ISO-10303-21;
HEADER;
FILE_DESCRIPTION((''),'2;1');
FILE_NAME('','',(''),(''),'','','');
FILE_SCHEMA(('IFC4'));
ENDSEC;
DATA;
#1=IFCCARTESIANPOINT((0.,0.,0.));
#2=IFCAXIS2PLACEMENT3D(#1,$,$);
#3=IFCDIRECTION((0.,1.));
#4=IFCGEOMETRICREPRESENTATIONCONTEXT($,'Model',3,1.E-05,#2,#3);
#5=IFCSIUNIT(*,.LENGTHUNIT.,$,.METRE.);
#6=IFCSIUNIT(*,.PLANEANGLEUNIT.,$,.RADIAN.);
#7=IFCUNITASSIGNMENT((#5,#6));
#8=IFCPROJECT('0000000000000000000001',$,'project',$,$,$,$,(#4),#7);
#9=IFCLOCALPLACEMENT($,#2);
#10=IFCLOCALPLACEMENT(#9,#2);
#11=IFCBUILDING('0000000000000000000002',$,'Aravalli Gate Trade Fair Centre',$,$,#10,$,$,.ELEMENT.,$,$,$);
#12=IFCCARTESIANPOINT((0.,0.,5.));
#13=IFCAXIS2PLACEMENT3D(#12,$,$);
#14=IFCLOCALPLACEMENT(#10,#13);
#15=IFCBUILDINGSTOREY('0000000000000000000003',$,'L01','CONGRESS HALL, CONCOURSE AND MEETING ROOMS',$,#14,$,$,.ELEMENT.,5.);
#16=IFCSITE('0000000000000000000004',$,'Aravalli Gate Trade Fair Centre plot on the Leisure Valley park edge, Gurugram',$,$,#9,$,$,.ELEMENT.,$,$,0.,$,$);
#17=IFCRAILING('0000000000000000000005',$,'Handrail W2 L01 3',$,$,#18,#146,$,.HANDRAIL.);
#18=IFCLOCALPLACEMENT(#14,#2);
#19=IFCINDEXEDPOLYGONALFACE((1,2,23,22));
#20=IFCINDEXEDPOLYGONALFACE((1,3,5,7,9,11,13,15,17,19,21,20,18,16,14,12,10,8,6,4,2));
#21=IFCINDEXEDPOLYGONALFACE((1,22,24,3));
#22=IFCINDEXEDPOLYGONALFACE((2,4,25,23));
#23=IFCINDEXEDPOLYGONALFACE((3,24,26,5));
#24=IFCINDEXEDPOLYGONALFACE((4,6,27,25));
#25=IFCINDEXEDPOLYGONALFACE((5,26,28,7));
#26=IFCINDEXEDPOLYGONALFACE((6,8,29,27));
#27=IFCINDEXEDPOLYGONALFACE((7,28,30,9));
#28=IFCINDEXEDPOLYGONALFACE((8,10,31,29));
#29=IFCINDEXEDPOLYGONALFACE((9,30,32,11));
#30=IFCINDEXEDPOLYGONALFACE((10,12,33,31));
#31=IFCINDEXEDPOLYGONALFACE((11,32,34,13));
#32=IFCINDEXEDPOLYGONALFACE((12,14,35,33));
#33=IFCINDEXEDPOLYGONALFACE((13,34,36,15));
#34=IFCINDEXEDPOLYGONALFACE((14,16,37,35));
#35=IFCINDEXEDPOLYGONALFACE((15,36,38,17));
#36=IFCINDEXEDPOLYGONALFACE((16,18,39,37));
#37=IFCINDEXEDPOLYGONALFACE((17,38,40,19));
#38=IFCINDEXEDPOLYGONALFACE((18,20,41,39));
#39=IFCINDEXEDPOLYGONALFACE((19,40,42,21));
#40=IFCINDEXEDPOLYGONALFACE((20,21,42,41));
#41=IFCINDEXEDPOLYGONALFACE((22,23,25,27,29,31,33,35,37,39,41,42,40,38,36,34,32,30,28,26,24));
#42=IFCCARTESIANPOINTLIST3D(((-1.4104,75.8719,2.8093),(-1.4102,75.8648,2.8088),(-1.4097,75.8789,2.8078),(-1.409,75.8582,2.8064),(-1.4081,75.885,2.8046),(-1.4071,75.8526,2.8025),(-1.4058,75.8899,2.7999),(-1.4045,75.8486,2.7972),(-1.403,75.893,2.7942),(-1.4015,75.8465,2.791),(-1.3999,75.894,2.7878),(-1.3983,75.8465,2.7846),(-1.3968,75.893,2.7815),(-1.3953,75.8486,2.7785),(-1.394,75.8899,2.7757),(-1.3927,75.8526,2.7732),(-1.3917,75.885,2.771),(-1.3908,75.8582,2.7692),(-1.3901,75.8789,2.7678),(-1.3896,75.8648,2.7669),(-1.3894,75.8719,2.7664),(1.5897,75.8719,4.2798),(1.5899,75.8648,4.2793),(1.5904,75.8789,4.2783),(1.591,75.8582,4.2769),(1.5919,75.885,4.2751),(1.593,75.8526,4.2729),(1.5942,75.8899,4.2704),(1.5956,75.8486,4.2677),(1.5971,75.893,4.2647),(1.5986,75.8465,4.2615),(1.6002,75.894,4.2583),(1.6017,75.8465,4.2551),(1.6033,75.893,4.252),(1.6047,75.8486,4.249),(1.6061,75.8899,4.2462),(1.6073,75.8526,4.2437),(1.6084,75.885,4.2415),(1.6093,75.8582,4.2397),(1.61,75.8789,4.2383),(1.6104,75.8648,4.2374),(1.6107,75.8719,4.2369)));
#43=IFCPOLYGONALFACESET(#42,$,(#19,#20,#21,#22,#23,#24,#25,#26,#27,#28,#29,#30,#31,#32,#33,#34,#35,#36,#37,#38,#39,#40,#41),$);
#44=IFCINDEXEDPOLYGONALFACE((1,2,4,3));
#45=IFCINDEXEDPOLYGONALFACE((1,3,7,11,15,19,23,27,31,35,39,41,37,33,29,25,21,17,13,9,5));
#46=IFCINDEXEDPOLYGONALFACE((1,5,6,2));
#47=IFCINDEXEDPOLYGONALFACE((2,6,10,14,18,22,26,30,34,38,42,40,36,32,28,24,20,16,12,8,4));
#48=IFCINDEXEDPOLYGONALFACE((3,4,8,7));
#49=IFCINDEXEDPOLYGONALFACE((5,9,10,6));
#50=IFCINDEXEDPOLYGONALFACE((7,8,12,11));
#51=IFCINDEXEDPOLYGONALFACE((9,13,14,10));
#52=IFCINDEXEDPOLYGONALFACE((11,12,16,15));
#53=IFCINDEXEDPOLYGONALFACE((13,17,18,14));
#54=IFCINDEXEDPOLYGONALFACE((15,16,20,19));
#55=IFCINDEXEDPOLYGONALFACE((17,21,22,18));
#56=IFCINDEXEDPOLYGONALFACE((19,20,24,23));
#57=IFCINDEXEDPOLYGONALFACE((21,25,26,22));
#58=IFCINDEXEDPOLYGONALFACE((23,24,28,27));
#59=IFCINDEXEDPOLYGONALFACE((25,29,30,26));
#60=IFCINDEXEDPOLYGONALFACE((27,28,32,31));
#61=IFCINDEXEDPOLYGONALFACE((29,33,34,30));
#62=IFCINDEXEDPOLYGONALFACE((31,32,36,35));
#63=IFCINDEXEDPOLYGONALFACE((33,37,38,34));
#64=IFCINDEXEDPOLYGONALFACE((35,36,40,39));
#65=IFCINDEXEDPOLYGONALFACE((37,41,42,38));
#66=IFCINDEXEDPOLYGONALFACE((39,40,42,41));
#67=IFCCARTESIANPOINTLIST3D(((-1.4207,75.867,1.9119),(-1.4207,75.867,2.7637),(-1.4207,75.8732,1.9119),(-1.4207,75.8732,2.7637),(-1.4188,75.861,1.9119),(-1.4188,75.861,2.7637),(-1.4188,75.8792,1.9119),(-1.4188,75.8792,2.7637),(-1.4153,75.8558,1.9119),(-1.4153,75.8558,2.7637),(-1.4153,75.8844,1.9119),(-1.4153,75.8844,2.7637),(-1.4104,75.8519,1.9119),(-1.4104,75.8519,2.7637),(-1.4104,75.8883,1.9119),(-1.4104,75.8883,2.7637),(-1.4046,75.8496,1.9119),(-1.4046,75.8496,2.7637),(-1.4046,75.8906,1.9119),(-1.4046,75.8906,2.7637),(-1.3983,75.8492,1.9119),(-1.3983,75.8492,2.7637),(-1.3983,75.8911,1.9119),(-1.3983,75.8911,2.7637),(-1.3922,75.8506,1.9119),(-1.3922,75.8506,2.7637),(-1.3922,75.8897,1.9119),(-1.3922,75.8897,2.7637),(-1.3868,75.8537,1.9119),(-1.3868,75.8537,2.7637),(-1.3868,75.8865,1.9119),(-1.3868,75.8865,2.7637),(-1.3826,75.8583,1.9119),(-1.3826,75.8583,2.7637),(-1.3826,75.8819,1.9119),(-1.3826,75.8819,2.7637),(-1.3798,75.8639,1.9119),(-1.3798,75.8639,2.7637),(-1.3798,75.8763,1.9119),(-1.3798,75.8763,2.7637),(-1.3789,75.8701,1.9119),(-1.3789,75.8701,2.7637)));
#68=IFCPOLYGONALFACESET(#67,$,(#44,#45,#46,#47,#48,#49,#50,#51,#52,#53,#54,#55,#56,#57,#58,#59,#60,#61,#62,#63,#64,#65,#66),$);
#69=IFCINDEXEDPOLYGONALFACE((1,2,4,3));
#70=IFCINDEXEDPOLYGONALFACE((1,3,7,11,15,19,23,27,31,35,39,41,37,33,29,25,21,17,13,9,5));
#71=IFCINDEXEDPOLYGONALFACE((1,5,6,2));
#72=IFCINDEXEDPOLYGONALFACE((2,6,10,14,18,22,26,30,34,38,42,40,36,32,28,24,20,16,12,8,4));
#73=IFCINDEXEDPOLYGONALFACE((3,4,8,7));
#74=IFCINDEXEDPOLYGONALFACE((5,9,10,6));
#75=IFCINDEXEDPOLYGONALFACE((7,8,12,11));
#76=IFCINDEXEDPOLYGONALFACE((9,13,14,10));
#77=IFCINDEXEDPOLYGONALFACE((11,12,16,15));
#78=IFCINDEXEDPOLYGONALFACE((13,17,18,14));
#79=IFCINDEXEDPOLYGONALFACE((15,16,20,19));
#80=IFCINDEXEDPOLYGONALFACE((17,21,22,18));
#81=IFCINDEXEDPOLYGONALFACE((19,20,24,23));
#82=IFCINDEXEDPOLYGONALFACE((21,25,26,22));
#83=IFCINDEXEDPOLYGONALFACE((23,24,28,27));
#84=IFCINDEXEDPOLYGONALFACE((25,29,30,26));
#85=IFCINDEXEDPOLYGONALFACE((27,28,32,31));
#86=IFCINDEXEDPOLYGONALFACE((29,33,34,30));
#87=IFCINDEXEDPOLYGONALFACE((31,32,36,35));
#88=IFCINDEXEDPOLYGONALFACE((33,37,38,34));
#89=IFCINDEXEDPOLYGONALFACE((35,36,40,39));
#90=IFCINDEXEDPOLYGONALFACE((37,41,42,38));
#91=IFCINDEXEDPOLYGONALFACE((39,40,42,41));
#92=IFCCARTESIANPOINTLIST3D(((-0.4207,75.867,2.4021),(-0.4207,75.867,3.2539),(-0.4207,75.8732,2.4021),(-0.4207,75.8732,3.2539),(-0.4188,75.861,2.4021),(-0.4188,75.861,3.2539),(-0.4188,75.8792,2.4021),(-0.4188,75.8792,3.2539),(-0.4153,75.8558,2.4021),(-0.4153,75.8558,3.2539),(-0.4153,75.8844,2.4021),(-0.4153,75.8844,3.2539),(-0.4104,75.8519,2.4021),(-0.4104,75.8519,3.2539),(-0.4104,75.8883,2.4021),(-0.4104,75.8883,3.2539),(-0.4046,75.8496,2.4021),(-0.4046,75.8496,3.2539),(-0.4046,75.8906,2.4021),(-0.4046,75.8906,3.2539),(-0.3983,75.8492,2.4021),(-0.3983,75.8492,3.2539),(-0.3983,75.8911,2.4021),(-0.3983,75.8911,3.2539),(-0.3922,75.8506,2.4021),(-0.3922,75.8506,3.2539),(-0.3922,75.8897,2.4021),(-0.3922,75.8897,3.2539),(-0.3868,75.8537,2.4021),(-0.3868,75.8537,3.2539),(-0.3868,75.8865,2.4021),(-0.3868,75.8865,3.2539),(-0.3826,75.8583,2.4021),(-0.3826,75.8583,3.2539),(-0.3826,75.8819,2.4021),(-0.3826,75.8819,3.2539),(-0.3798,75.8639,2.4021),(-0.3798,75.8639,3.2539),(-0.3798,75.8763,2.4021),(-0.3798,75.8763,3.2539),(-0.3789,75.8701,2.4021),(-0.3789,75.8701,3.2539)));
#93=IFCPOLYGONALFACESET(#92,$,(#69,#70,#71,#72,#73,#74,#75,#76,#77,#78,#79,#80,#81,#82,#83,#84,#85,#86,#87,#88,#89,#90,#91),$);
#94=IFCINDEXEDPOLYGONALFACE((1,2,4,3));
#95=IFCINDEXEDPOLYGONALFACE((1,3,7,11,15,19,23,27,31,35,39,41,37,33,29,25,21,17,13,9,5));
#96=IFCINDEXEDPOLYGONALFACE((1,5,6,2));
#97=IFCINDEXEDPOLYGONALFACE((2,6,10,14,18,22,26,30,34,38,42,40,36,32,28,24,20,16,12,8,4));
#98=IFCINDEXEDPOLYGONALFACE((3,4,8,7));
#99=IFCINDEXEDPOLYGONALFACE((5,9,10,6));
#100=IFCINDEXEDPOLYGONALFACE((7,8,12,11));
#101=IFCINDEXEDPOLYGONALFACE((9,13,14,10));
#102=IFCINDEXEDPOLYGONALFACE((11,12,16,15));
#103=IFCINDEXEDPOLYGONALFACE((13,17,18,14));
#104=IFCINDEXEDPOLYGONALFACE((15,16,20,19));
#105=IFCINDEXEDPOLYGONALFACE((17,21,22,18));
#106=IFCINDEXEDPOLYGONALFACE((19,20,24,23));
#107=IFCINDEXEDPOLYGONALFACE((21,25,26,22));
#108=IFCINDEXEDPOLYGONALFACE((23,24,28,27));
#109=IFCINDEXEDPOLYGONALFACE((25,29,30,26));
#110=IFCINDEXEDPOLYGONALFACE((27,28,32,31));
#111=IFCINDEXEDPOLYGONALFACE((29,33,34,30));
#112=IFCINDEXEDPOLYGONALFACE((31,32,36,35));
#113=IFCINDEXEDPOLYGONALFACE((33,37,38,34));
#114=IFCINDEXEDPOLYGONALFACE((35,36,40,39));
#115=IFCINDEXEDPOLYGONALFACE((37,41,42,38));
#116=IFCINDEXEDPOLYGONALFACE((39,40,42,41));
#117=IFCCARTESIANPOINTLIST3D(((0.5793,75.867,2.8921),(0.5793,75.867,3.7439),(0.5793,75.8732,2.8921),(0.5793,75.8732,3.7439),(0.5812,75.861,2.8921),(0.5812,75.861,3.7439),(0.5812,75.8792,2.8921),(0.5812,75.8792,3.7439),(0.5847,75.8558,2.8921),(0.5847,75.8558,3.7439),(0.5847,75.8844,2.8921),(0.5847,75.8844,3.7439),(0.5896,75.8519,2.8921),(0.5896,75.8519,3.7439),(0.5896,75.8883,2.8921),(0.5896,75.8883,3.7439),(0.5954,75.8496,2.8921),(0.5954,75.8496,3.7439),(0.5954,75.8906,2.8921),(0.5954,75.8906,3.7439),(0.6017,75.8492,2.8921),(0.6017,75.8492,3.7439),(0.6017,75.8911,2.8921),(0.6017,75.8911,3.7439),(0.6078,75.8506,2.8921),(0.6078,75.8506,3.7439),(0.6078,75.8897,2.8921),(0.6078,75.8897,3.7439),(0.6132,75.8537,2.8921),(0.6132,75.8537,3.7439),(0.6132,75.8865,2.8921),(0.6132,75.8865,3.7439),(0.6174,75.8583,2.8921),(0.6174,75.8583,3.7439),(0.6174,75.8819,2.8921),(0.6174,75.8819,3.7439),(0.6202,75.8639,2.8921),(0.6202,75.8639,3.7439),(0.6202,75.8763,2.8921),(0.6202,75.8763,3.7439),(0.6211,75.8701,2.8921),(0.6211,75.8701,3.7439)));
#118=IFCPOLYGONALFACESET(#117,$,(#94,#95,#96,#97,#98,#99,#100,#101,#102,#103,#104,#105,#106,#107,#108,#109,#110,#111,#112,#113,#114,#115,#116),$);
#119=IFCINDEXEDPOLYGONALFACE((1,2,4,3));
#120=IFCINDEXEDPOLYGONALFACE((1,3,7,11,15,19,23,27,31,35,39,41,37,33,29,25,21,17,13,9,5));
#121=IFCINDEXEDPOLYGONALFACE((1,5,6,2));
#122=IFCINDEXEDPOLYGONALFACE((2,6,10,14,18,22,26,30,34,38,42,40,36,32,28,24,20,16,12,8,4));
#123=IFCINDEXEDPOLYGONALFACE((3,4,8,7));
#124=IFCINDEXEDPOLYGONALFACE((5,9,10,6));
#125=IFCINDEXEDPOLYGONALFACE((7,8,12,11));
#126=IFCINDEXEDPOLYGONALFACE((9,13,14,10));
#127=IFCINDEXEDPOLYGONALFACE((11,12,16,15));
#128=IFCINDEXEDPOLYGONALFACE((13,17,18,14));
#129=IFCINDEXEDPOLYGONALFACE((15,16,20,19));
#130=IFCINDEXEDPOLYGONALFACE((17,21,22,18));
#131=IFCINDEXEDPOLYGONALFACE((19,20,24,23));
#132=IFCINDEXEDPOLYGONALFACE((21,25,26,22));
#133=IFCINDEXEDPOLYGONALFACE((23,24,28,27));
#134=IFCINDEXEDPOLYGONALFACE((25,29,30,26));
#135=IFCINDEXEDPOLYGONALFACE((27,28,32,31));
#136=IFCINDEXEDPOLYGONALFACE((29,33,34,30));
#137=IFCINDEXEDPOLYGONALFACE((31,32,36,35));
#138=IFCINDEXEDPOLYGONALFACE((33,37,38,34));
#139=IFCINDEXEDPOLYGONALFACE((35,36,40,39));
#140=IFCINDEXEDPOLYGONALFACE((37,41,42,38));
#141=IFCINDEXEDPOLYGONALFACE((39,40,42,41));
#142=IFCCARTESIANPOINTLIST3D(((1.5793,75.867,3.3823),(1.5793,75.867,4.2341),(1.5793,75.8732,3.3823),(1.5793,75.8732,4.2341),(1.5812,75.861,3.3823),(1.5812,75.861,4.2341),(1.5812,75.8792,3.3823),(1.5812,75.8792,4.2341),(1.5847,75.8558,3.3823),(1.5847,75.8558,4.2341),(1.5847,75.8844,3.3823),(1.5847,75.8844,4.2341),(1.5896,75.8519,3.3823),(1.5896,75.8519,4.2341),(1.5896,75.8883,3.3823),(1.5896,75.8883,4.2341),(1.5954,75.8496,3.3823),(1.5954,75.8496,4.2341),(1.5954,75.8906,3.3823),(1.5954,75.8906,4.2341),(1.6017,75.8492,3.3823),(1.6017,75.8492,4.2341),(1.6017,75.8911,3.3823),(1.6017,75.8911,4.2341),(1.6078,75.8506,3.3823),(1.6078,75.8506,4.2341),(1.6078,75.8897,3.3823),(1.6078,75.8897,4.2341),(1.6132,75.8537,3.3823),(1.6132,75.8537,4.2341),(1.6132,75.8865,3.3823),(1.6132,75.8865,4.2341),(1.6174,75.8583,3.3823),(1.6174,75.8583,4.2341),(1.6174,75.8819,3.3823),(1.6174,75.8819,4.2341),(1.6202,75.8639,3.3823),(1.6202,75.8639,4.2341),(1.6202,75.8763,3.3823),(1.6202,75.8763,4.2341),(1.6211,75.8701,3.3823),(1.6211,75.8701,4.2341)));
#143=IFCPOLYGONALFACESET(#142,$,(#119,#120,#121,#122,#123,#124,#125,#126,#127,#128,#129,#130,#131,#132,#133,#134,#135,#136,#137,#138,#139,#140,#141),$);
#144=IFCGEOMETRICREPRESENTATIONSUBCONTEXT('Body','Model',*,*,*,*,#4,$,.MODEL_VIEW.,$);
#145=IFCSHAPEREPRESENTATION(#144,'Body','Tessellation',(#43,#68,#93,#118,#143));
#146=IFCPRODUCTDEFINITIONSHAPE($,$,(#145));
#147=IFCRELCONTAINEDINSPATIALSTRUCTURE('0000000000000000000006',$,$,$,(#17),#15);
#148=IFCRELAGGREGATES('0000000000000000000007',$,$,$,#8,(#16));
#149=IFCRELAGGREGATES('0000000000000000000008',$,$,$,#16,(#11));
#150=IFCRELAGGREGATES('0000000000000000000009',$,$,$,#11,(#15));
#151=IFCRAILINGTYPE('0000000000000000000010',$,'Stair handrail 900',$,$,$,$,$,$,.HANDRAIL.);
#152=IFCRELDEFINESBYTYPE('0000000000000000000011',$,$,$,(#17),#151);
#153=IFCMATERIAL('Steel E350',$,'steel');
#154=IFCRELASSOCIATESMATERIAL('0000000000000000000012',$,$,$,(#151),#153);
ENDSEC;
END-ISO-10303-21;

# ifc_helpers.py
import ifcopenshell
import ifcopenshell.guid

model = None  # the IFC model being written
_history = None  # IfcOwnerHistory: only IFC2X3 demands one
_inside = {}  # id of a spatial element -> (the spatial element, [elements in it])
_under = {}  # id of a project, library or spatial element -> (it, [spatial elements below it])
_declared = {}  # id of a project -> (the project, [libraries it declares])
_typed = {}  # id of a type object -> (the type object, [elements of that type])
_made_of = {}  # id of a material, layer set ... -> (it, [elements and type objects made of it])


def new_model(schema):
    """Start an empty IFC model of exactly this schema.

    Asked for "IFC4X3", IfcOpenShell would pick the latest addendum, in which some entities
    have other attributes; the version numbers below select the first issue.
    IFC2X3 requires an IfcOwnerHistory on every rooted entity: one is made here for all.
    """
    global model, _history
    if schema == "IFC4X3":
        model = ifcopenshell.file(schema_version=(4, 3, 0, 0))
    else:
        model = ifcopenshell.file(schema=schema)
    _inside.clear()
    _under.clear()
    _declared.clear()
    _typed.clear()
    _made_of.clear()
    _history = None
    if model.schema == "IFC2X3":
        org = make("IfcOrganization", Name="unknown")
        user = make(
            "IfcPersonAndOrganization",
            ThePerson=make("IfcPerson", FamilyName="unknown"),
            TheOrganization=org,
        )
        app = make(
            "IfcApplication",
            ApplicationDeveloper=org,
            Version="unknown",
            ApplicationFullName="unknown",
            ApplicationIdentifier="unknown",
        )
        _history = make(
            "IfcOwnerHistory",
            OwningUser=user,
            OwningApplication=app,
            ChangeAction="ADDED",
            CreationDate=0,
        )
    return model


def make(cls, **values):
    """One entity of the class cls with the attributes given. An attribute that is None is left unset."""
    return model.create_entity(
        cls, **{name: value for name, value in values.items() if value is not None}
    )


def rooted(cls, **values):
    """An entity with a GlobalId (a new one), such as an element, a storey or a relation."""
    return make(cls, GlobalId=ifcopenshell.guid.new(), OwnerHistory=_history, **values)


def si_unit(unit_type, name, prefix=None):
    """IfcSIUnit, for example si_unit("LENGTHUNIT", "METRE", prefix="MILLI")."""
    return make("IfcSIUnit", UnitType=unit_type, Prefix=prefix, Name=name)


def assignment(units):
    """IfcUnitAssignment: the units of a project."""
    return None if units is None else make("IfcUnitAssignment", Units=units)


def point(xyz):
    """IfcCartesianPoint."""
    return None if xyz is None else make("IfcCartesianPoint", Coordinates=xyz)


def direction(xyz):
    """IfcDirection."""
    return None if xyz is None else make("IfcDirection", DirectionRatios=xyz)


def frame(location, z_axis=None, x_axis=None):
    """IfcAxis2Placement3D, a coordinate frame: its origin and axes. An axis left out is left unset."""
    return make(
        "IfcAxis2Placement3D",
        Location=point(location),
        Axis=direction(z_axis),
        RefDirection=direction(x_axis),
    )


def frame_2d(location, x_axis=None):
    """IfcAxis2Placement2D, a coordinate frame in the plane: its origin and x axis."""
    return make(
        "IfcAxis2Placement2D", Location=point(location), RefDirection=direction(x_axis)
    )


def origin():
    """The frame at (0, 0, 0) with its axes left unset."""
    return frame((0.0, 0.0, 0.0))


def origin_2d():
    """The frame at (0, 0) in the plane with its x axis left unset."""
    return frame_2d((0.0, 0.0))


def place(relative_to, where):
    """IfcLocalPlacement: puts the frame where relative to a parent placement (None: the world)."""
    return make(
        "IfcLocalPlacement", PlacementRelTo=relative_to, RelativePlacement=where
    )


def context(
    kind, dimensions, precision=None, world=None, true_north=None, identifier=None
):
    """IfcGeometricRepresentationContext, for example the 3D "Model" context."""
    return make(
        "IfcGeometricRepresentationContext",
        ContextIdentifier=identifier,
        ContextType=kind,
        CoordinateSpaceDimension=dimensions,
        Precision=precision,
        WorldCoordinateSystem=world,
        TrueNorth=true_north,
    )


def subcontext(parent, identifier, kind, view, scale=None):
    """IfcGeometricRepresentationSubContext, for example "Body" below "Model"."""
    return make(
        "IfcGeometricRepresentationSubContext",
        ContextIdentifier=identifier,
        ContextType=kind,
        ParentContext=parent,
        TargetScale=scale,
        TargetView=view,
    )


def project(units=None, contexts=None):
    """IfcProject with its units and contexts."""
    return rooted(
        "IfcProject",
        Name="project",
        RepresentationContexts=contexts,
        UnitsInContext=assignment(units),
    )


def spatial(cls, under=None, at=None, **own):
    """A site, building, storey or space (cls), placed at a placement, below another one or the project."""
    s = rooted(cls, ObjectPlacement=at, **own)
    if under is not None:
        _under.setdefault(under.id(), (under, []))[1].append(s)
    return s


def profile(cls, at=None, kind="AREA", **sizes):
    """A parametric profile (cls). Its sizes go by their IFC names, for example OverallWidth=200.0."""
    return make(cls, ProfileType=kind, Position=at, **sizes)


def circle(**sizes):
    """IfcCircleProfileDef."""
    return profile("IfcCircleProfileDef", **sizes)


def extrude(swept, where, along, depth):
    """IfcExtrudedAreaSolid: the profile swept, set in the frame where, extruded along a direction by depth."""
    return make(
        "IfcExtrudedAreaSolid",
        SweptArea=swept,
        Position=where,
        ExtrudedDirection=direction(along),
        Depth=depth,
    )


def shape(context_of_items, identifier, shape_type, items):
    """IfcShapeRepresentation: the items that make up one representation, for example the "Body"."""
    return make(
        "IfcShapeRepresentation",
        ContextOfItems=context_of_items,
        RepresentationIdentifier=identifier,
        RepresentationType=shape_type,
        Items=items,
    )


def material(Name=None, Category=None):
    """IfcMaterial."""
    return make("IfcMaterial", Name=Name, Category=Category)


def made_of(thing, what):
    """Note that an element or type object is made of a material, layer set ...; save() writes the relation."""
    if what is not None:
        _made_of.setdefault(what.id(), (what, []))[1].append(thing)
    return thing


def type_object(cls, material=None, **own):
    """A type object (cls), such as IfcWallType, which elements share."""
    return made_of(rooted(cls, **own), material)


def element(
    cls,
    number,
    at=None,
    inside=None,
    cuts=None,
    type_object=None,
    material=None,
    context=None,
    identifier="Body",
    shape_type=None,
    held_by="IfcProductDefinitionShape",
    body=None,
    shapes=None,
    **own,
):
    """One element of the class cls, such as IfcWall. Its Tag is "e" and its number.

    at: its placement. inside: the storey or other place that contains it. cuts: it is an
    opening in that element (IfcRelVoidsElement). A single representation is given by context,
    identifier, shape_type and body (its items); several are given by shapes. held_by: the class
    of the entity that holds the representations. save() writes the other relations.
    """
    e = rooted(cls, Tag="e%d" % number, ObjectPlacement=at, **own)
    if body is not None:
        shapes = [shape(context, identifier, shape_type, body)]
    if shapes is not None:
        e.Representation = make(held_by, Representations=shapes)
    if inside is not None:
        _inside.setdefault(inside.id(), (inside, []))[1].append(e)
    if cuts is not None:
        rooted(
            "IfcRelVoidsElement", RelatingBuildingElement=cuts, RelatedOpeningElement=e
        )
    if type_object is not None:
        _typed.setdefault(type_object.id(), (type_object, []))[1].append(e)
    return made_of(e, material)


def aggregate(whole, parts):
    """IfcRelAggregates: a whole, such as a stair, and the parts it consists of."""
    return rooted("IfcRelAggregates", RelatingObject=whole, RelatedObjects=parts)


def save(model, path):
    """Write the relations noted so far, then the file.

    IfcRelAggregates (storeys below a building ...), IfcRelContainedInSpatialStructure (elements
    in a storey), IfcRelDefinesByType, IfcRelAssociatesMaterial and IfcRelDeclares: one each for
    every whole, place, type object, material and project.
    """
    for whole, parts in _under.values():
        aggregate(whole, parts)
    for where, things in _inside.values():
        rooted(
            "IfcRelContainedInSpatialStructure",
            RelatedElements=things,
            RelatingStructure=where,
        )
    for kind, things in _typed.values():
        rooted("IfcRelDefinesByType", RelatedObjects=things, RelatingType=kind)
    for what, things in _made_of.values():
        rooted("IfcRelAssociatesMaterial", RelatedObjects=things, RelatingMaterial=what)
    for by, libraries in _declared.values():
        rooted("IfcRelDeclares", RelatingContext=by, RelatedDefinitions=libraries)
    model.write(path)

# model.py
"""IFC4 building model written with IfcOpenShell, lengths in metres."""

from ifc_helpers import new_model, si_unit, direction, frame, origin, origin_2d, place, context, subcontext, project, spatial, circle, extrude, material, type_object, element, save


model = new_model("IFC4")

# Units and contexts
model_context = context("Model", 3, precision=1e-05, world=origin(), true_north=direction((0.0, 1.0)))
body_context = subcontext(model_context, "Body", "Model", "MODEL_VIEW")
ifc_project = project(units=[si_unit("LENGTHUNIT", "METRE"), si_unit("PLANEANGLEUNIT", "RADIAN")], contexts=[model_context])

# Site, building, storey
site_placement = place(None, origin())
site = spatial("IfcSite", under=ifc_project, at=site_placement, Name="Aravalli Gate Trade Fair Centre plot on the Leisure Valley park edge, Gurugram", CompositionType="ELEMENT", RefElevation=0.0)
building_placement = place(site_placement, origin())
building = spatial("IfcBuilding", under=site, at=building_placement, Name="Aravalli Gate Trade Fair Centre", CompositionType="ELEMENT")
storey_placement = place(building_placement, frame((0.0, 0.0, 5.0)))
storey = spatial("IfcBuildingStorey", under=building, at=storey_placement, Name="L01", Description="CONGRESS HALL, CONCOURSE AND MEETING ROOMS", CompositionType="ELEMENT", Elevation=5.0)

# Railing
ifc_material_1 = material(Name="Steel E350", Category="steel")
railing_type = type_object("IfcRailingType", Name="Stair handrail 900", PredefinedType="HANDRAIL", material=ifc_material_1)
for number, where, name in (
    (1, (-1.3999, 75.8701, 1.9119), "Handrail W2 L01 3"),
):
    element("IfcRailing", number, at=place(storey_placement, frame(where)), inside=storey, type_object=railing_type, Name=name, PredefinedType="HANDRAIL", context=body_context, shape_type="SweptSolid", body=[
        extrude(circle(Radius=0.0239, at=origin_2d()), frame((0.0, 0.0, 0.876), z_axis=(0.897936, 0.0, 0.440126), x_axis=(0.0, 1.0, 0.0)), (0.0, 0.0, 1.0), 3.3411),
        extrude(circle(Radius=0.021, at=origin_2d()), origin(), (0.0, 0.0, 1.0), 0.8518),
        extrude(circle(Radius=0.021, at=origin_2d()), frame((1.0, 0.0, 0.4902)), (0.0, 0.0, 1.0), 0.8518),
        extrude(circle(Radius=0.021, at=origin_2d()), frame((2.0, 0.0, 0.9802)), (0.0, 0.0, 1.0), 0.8518),
        extrude(circle(Radius=0.021, at=origin_2d()), frame((3.0, 0.0, 1.4705)), (0.0, 0.0, 1.0), 0.8518),
    ])

save(model, "model.ifc")
